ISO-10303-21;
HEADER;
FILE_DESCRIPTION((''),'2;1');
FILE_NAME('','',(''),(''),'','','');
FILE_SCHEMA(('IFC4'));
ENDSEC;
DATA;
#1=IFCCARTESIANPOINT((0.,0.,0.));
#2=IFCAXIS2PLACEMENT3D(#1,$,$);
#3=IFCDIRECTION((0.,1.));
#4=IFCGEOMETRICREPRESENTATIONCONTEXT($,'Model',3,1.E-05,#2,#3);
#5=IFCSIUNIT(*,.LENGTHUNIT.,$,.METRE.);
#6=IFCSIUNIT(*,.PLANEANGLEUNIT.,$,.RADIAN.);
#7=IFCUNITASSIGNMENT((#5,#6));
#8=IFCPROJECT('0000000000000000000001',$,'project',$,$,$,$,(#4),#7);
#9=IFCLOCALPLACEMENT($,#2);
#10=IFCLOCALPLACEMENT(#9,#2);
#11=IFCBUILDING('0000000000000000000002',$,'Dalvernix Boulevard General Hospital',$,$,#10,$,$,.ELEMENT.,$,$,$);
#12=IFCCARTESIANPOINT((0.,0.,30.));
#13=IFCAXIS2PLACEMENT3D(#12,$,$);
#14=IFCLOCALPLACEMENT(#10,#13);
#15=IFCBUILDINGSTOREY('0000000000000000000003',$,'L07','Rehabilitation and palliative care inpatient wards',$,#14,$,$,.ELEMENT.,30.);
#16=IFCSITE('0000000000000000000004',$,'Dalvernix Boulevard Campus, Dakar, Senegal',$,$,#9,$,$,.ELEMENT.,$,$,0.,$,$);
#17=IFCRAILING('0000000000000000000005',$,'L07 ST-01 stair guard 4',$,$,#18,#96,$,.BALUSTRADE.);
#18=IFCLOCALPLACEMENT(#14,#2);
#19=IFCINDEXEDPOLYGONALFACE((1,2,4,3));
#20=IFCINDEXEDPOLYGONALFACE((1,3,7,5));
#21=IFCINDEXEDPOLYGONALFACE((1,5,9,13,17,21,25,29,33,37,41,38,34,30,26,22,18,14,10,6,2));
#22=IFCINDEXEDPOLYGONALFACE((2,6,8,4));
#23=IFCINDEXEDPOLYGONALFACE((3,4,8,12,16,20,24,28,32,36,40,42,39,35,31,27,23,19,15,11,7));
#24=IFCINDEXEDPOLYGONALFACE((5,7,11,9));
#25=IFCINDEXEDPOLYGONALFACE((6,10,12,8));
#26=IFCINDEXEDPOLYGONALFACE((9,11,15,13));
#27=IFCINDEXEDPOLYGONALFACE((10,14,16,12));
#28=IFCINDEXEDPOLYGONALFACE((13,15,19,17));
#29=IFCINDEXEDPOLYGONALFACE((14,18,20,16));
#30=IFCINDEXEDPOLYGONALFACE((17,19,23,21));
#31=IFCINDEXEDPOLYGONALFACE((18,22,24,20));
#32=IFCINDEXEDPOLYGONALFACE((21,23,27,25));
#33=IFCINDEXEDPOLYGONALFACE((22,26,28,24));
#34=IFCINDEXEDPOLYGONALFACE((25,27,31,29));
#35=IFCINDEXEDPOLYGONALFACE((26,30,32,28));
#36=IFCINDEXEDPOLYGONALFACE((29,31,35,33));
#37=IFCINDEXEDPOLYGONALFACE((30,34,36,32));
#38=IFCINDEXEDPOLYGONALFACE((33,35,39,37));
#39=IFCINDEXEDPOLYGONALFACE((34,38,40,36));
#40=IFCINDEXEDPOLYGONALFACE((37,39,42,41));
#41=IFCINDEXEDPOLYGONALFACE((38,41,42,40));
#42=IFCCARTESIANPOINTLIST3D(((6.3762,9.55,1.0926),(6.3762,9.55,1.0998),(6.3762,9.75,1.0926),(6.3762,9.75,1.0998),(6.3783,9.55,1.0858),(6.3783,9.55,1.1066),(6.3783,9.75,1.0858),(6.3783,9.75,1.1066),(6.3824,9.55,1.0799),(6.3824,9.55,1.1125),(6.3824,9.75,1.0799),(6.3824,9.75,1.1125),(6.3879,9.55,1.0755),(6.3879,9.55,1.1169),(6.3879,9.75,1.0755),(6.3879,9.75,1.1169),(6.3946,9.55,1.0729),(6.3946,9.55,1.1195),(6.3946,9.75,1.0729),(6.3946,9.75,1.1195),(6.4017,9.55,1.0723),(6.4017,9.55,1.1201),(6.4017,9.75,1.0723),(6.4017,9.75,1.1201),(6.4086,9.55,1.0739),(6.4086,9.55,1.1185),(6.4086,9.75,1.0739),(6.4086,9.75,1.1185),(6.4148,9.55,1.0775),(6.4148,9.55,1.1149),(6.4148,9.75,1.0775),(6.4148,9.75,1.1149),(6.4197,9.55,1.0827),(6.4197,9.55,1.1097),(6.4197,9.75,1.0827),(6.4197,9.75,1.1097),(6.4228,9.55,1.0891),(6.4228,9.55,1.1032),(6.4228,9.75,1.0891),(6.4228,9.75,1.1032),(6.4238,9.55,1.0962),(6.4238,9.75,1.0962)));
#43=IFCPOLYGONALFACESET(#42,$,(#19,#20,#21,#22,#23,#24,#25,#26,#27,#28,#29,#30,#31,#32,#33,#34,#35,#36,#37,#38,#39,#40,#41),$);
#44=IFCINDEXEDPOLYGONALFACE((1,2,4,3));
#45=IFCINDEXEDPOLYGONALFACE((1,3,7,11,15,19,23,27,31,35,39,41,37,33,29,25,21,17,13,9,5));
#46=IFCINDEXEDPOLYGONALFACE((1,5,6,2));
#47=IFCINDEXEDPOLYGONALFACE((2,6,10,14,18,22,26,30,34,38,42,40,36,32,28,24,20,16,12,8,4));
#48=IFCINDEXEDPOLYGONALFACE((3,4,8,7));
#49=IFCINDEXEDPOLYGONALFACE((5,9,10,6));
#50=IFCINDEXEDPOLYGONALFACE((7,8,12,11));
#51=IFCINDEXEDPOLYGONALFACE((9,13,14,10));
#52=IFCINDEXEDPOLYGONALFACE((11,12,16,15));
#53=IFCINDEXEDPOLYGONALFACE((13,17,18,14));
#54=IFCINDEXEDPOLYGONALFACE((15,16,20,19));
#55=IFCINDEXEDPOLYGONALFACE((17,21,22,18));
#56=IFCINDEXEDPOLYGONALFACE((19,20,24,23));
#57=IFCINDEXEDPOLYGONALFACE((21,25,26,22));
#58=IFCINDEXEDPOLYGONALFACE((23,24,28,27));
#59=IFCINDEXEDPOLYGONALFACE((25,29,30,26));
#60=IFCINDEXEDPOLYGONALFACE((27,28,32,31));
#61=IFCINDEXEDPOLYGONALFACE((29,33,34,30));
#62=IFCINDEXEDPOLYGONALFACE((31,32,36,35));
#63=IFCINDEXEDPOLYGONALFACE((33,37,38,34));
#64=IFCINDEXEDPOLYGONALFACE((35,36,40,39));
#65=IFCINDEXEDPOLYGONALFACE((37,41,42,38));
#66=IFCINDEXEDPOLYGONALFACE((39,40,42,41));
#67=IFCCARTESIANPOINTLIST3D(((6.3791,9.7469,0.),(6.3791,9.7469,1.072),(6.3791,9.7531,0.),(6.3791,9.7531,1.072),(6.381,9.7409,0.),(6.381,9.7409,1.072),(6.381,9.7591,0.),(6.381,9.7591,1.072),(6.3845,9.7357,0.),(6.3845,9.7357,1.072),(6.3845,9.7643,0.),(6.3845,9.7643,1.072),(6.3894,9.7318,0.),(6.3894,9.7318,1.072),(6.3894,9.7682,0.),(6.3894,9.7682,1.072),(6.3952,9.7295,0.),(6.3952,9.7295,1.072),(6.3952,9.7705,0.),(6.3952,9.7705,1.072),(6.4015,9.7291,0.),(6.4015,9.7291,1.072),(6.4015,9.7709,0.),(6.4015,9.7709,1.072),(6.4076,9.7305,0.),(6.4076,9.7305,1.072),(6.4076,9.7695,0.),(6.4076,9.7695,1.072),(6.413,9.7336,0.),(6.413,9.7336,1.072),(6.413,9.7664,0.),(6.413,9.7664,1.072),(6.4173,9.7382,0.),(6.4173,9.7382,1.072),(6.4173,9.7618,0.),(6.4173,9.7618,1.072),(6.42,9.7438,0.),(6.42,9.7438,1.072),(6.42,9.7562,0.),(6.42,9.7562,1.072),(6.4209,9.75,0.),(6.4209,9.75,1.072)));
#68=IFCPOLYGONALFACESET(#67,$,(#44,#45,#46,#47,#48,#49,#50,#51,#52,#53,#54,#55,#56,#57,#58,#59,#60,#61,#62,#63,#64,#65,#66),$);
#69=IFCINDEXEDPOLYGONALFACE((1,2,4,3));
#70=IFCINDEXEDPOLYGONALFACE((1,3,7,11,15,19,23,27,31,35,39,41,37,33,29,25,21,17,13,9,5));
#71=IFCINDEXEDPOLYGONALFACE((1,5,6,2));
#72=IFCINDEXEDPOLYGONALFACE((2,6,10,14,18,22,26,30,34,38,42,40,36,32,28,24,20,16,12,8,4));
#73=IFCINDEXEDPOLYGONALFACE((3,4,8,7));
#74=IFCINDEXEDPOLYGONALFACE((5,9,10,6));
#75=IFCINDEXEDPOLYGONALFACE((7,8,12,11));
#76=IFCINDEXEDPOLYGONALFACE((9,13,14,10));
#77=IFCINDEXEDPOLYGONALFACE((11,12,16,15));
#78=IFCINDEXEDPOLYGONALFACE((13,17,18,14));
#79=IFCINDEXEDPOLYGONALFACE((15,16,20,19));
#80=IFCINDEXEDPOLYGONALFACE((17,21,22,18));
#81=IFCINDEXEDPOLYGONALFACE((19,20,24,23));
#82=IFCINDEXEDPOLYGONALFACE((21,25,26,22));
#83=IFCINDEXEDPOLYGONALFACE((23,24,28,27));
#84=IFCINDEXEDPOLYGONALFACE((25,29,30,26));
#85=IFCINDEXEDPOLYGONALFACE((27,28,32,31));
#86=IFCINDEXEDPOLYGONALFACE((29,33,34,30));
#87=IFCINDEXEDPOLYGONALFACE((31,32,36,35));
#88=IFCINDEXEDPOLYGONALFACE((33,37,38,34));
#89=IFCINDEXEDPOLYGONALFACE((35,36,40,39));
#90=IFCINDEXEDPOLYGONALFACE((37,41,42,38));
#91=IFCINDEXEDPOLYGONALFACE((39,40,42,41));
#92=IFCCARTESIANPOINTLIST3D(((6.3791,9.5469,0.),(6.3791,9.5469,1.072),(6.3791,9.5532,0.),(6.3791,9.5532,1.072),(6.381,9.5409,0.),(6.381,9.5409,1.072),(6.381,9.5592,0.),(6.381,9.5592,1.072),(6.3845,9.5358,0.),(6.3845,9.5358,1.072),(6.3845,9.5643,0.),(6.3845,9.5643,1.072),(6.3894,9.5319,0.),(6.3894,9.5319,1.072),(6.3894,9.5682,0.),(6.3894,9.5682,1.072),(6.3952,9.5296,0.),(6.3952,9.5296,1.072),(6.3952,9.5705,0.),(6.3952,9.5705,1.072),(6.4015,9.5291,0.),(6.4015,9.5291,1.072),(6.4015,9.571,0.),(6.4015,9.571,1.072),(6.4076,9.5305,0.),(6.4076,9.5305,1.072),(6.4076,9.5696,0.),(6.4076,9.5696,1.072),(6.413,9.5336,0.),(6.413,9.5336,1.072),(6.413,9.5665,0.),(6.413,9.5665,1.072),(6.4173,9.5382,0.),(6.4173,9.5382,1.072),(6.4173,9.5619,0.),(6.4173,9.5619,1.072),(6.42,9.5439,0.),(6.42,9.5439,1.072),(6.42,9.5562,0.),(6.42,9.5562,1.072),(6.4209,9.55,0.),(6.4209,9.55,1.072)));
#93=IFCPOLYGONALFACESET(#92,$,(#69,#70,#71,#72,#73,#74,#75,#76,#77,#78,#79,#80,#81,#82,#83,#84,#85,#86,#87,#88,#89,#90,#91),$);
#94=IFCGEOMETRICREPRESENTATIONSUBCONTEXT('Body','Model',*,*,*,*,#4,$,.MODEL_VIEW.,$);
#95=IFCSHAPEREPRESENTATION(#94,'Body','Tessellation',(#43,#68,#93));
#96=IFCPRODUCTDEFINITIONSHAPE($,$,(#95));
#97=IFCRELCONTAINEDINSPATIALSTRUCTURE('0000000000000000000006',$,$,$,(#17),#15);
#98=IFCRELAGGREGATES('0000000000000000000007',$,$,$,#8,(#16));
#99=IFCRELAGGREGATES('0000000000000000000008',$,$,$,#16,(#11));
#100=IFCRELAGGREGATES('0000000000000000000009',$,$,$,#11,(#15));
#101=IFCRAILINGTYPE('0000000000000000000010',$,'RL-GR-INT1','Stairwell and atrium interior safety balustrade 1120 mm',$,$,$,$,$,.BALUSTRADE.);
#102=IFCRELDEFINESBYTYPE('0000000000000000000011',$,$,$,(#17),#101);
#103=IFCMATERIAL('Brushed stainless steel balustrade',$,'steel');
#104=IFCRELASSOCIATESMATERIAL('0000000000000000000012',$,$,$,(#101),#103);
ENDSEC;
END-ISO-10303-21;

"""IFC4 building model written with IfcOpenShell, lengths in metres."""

from ifc_helpers import new_model, si_unit, direction, frame, origin, origin_2d, place, context, subcontext, project, spatial, circle, extrude, material, type_object, element, save


model = new_model("IFC4")

# Units and contexts
model_context = context("Model", 3, precision=1e-05, world=origin(), true_north=direction((0.0, 1.0)))
body_context = subcontext(model_context, "Body", "Model", "MODEL_VIEW")
ifc_project = project(units=[si_unit("LENGTHUNIT", "METRE"), si_unit("PLANEANGLEUNIT", "RADIAN")], contexts=[model_context])

# Site, building, storey
site_placement = place(None, origin())
site = spatial("IfcSite", under=ifc_project, at=site_placement, Name="Dalvernix Boulevard Campus, Dakar, Senegal", CompositionType="ELEMENT", RefElevation=0.0)
building_placement = place(site_placement, origin())
building = spatial("IfcBuilding", under=site, at=building_placement, Name="Dalvernix Boulevard General Hospital", CompositionType="ELEMENT")
storey_placement = place(building_placement, frame((0.0, 0.0, 30.0)))
storey = spatial("IfcBuildingStorey", under=building, at=storey_placement, Name="L07", Description="Rehabilitation and palliative care inpatient wards", CompositionType="ELEMENT", Elevation=30.0)

# Railing
ifc_material_1 = material(Name="Brushed stainless steel balustrade", Category="steel")
railing_type_1 = type_object("IfcRailingType", Name="RL-GR-INT1", Description="Stairwell and atrium interior safety balustrade 1120 mm", PredefinedType="BALUSTRADE", material=ifc_material_1)
railing_1_placement = place(storey_placement, frame((6.3999, 9.75, 0.0)))
element("IfcRailing", 1, at=railing_1_placement, inside=storey, type_object=railing_type_1, Name="L07 ST-01 stair guard 4", PredefinedType="BALUSTRADE", context=body_context, shape_type="SweptSolid", body=[
    extrude(circle(Radius=0.0239, at=origin_2d()), frame((0.0, 0.0, 1.0962), z_axis=(0.0, -1.0, 0.0), x_axis=(1.0, 0.0, 0.0)), (0.0, 0.0, 1.0), 0.2),
    extrude(circle(Radius=0.021, at=origin_2d()), origin(), (0.0, 0.0, 1.0), 1.072),
    extrude(circle(Radius=0.021, at=origin_2d()), frame((0.0, -0.2, 0.0)), (0.0, 0.0, 1.0), 1.072),
])

save(model, "model.ifc")
